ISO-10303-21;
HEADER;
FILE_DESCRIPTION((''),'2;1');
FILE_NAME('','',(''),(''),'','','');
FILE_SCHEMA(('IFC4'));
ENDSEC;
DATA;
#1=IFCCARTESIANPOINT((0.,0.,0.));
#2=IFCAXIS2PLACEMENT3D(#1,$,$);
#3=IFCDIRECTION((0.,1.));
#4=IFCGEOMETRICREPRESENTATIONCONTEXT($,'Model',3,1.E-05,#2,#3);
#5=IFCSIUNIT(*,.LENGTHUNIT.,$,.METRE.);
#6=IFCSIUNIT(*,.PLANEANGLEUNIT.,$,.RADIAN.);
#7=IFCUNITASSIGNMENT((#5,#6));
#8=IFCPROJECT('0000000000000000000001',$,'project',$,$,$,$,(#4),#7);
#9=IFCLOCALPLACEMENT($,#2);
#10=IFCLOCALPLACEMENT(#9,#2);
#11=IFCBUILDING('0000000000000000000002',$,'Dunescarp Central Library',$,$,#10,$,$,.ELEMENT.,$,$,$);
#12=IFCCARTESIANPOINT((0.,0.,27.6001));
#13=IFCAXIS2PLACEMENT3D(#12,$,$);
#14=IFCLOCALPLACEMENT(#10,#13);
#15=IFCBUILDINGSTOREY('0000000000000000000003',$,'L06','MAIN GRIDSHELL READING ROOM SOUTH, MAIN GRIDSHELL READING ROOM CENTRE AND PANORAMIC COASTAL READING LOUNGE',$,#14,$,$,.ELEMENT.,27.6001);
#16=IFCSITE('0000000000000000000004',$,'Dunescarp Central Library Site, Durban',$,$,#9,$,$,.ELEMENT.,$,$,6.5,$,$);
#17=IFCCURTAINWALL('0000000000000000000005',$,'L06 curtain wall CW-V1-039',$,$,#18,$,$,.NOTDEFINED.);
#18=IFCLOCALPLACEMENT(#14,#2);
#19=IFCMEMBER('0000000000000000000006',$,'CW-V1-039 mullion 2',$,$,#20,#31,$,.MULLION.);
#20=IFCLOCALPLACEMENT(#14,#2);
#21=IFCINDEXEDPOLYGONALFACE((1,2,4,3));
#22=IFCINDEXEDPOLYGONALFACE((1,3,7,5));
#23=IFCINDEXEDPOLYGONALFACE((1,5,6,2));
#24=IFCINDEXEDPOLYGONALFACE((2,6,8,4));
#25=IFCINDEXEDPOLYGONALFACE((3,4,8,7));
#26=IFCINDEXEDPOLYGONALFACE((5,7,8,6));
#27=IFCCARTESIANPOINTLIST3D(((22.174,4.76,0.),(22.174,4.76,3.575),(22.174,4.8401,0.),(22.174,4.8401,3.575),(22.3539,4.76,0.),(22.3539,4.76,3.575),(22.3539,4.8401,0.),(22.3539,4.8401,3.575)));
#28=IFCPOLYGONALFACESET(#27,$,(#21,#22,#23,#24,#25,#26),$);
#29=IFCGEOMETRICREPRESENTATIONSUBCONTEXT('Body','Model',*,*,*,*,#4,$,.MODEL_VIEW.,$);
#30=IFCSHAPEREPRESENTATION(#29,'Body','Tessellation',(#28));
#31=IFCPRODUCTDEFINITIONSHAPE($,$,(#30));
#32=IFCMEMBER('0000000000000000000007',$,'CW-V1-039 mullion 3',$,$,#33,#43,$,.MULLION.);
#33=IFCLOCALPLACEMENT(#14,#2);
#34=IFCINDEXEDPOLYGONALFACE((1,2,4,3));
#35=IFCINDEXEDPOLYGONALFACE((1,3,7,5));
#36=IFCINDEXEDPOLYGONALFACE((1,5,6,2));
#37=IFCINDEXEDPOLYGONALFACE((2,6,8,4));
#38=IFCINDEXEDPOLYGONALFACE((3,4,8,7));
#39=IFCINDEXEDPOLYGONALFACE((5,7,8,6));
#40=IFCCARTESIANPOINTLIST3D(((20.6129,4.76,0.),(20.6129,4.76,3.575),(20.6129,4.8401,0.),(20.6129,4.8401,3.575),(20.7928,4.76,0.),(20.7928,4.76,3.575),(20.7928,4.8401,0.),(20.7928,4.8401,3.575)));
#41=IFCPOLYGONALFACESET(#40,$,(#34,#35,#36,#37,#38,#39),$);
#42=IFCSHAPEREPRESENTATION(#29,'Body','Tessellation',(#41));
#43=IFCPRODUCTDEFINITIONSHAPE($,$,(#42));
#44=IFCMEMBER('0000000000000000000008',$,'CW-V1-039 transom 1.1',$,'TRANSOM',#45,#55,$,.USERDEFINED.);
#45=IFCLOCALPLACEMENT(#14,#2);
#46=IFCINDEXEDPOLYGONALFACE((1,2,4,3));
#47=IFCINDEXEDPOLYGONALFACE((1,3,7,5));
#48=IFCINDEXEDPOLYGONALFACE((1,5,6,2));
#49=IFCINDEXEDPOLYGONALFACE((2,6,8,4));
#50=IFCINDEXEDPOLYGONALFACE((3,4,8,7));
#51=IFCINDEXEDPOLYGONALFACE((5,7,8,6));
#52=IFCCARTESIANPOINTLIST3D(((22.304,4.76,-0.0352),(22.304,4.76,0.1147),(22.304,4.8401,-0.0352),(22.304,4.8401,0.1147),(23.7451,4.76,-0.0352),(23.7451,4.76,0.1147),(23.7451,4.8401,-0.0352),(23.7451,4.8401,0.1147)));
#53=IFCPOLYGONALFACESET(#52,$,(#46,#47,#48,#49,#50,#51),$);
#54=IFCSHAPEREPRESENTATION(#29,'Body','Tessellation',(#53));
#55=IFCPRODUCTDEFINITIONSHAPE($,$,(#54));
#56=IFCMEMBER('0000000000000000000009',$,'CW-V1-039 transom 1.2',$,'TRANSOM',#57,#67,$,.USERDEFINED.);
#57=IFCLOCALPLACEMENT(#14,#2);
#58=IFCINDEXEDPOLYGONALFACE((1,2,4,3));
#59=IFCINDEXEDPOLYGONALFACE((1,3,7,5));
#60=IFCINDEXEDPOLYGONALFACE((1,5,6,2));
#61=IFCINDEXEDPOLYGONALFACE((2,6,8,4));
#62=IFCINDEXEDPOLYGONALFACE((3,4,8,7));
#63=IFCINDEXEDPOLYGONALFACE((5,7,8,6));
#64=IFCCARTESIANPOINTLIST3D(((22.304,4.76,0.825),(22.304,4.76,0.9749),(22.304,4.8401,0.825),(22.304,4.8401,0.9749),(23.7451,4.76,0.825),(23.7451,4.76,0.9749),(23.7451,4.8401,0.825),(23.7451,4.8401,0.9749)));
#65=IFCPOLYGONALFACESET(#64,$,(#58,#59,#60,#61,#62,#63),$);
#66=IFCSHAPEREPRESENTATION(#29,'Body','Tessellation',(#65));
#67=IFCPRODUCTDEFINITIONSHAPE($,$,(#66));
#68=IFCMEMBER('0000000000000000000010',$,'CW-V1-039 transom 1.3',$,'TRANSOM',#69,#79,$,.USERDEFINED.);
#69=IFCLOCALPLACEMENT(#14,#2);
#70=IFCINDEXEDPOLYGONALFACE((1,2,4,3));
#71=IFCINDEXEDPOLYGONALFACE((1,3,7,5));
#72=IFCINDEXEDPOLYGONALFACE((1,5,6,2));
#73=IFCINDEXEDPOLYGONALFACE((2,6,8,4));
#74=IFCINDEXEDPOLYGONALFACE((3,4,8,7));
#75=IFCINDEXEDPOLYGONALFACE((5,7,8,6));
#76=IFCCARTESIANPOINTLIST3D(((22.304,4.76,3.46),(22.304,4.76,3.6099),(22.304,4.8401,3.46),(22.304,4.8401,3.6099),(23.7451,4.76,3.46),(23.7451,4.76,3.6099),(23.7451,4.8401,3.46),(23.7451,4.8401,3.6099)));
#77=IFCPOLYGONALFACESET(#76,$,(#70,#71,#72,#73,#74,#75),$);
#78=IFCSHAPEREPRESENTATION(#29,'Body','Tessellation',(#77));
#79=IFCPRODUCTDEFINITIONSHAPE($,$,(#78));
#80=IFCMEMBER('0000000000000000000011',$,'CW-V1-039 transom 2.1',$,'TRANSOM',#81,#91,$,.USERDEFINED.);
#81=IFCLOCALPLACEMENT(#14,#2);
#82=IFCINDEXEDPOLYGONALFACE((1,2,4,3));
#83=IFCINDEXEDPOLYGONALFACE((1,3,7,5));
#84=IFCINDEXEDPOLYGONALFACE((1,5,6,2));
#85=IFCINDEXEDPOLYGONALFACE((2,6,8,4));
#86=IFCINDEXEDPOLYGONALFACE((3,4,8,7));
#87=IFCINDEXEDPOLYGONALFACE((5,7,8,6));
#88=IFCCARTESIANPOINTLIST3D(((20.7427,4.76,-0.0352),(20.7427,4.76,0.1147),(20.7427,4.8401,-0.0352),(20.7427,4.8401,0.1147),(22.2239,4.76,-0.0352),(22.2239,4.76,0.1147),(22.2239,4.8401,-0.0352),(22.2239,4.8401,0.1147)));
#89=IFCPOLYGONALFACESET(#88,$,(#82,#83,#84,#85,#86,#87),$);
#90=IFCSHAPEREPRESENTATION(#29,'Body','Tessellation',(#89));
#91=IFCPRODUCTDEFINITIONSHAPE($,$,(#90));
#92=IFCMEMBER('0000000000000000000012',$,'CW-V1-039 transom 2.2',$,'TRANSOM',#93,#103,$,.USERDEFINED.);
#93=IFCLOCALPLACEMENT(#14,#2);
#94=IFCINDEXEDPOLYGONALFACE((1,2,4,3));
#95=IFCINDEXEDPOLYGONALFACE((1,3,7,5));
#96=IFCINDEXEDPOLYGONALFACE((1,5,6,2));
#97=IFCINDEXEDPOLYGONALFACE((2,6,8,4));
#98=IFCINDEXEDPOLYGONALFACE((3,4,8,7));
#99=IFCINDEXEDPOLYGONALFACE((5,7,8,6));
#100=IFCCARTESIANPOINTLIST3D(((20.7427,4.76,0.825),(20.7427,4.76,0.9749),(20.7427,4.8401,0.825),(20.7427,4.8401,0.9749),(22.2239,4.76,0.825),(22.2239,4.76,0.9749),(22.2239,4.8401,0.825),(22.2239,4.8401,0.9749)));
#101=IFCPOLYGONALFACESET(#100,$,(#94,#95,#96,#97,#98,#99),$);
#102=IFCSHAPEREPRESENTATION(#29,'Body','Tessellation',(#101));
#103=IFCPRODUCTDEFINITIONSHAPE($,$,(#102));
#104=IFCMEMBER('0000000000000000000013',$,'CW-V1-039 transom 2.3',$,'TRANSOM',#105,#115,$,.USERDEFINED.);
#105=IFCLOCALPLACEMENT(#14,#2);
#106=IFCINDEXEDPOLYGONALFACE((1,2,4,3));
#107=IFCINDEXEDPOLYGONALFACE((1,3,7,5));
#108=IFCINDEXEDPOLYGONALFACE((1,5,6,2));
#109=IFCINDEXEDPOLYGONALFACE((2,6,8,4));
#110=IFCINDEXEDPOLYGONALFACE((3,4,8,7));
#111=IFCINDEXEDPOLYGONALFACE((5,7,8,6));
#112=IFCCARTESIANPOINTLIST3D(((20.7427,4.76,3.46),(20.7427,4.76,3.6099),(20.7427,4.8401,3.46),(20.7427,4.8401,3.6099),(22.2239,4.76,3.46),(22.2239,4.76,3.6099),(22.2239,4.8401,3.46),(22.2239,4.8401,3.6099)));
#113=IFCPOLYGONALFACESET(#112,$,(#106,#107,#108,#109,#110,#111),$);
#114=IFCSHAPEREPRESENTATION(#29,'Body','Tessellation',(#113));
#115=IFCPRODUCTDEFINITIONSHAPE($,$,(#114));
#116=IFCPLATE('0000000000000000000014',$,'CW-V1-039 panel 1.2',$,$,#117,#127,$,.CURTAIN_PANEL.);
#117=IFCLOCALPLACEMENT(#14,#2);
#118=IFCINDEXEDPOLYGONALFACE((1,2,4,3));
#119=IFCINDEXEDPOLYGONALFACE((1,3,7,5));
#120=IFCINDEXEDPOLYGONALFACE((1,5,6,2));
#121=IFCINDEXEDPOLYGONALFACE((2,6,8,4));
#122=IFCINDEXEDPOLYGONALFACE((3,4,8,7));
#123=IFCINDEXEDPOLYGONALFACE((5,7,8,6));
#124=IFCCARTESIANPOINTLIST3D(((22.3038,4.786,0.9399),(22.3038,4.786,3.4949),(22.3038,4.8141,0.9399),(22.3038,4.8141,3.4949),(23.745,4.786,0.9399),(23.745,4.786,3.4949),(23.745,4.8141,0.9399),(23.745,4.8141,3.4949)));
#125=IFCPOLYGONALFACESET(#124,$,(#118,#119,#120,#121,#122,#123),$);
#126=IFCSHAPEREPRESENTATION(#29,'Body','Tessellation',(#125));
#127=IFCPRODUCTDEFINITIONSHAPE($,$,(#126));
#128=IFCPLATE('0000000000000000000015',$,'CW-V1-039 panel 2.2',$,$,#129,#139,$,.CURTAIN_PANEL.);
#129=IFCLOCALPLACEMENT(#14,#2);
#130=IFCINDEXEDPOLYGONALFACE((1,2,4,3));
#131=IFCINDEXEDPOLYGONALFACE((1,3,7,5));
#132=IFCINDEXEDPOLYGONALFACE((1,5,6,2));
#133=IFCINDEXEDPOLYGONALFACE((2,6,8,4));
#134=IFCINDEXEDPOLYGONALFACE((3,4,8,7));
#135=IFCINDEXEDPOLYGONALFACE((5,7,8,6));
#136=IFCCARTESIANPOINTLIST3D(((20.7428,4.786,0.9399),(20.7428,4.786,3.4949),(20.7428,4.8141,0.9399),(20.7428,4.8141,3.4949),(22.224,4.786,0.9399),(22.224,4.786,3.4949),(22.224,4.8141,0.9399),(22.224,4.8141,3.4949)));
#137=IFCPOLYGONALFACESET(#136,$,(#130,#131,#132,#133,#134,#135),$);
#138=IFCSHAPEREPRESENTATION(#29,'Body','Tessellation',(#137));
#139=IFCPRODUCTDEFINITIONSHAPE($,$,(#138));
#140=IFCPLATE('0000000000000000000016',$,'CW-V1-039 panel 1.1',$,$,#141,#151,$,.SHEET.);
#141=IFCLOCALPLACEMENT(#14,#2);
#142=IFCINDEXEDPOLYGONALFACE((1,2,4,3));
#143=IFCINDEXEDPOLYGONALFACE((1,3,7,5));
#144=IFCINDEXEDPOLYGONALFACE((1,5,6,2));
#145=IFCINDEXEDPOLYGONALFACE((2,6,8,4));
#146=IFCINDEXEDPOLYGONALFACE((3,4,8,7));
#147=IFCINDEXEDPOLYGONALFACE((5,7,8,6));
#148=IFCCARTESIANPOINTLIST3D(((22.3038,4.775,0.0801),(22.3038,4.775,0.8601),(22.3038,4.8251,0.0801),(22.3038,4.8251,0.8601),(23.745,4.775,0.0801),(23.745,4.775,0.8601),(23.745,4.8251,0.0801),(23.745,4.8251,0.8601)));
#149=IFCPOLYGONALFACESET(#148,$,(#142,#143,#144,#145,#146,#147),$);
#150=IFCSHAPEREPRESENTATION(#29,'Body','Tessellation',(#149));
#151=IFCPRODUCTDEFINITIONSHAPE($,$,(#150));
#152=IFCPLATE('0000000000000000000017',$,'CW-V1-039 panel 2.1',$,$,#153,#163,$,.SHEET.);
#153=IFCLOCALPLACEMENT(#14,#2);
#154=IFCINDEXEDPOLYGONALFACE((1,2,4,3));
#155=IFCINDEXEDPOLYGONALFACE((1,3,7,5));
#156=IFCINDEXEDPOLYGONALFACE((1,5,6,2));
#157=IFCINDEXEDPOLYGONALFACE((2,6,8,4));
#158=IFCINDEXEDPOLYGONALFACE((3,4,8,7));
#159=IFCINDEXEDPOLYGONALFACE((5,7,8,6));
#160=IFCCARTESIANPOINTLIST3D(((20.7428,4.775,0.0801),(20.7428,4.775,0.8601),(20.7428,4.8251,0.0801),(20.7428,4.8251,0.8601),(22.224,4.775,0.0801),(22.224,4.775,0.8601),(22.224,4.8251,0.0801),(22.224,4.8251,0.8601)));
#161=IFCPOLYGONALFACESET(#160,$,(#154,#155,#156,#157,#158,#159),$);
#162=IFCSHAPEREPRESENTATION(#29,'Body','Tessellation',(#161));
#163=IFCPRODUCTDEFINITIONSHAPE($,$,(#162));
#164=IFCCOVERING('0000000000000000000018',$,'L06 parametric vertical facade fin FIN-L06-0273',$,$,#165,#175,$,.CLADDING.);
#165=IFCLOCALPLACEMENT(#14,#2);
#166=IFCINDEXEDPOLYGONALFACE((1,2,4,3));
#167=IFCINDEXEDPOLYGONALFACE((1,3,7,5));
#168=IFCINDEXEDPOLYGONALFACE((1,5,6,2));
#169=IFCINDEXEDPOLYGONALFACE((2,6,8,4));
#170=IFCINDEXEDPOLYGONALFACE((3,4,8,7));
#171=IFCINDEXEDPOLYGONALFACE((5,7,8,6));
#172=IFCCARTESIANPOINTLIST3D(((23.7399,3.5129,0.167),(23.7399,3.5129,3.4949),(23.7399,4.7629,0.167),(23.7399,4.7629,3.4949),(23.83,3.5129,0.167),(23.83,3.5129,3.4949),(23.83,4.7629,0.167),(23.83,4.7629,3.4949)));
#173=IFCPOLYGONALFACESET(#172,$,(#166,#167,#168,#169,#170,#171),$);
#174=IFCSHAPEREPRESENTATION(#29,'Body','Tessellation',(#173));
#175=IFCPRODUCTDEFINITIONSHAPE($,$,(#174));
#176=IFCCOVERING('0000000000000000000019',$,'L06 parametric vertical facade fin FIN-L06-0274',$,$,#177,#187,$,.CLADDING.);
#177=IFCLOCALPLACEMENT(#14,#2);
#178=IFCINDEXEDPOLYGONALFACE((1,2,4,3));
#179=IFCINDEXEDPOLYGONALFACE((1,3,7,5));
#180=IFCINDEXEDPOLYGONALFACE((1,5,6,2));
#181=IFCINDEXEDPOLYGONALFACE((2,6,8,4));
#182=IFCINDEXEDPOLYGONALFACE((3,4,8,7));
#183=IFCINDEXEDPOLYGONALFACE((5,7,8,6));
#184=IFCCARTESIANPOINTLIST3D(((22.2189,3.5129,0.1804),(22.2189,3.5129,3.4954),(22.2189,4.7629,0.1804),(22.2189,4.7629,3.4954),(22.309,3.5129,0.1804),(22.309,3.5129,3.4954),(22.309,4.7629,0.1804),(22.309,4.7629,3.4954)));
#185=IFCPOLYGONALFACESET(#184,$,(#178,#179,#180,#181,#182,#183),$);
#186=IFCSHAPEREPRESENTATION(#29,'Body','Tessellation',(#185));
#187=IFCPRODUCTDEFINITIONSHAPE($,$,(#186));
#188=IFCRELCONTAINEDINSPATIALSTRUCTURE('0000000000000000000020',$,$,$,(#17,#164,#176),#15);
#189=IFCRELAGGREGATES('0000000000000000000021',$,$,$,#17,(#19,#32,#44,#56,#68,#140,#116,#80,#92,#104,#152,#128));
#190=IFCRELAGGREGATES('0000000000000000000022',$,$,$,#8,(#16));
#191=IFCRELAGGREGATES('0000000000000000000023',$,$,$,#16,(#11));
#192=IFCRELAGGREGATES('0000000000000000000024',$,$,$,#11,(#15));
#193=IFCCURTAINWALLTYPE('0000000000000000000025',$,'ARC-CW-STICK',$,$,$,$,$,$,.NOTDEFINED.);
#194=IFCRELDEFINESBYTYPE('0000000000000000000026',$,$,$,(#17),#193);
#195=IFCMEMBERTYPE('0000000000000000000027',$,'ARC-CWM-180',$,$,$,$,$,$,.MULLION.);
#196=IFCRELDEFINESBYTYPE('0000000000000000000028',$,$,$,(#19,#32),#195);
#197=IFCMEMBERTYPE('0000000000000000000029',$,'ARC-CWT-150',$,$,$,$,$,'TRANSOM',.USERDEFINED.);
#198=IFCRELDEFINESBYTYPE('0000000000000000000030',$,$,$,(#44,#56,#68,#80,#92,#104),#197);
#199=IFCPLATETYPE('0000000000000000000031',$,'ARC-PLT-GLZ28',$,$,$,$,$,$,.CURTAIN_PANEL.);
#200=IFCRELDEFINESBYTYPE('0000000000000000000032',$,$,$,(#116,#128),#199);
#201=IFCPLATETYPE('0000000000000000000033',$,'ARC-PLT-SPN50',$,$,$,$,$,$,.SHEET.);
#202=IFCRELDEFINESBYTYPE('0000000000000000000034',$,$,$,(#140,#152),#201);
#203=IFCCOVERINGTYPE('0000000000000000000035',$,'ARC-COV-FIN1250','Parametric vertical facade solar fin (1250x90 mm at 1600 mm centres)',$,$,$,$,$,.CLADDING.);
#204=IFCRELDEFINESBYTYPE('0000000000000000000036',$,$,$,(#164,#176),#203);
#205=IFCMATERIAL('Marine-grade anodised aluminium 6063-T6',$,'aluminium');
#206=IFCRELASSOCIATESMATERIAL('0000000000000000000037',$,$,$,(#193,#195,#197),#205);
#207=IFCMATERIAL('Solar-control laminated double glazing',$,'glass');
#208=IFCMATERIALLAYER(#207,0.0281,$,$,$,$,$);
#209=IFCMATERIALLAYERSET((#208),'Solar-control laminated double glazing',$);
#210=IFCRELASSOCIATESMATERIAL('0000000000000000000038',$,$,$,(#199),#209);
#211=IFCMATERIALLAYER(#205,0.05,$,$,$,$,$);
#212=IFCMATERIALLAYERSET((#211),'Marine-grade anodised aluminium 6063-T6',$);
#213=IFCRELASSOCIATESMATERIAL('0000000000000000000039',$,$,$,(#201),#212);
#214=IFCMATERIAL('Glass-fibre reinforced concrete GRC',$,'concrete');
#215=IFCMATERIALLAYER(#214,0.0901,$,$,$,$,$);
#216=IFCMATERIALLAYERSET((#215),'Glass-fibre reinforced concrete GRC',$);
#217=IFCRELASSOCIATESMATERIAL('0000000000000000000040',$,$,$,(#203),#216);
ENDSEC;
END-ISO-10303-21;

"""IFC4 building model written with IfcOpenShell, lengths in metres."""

from ifc_helpers import new_model, si_unit, direction, frame, origin, origin_2d, place, context, subcontext, project, spatial, rectangle, extrude, material, layer, layer_set, material_profile, profile_set, type_object, element, aggregate, save


model = new_model("IFC4")

# Units and contexts
model_context = context("Model", 3, precision=1e-05, world=origin(), true_north=direction((0.0, 1.0)))
body_context = subcontext(model_context, "Body", "Model", "MODEL_VIEW")
ifc_project = project(units=[si_unit("LENGTHUNIT", "METRE"), si_unit("PLANEANGLEUNIT", "RADIAN")], contexts=[model_context])

# Site, building, storey
site_placement = place(None, origin())
site = spatial("IfcSite", under=ifc_project, at=site_placement, Name="Dunescarp Central Library Site, Durban", CompositionType="ELEMENT", RefElevation=6.5)
building_placement = place(site_placement, origin())
building = spatial("IfcBuilding", under=site, at=building_placement, Name="Dunescarp Central Library", CompositionType="ELEMENT")
storey_placement = place(building_placement, frame((0.0, 0.0, 27.6001)))
storey = spatial("IfcBuildingStorey", under=building, at=storey_placement, Name="L06", Description="MAIN GRIDSHELL READING ROOM SOUTH, MAIN GRIDSHELL READING ROOM CENTRE AND PANORAMIC COASTAL READING LOUNGE", CompositionType="ELEMENT", Elevation=27.6001)

# Curtain wall, members, plates
ifc_material_1 = material(Name="Marine-grade anodised aluminium 6063-T6", Category="aluminium")
curtain_wall_type = type_object("IfcCurtainWallType", Name="ARC-CW-STICK", PredefinedType="NOTDEFINED", material=ifc_material_1)
curtain_wall_placement = place(storey_placement, origin())
curtain_wall = element("IfcCurtainWall", 1, at=curtain_wall_placement, inside=storey, type_object=curtain_wall_type, Name="L06 curtain wall CW-V1-039", PredefinedType="NOTDEFINED")
ifc_material_profile_1 = material_profile(ifc_material_1, rectangle(XDim=0.0801, YDim=0.1799, at=origin_2d()), Name="AL 80x180")
ifc_profile_set_1 = profile_set([ifc_material_profile_1], Name="Marine-grade anodised aluminium 6063-T6")
member_type_1 = type_object("IfcMemberType", Name="ARC-CWM-180", PredefinedType="MULLION", material=ifc_profile_set_1)
member_1_placement = place(storey_placement, frame((22.2639, 4.8, 0.0), z_axis=(0.0, 0.0, 1.0), x_axis=(0.0, -1.0, 0.0)))
member_1 = element("IfcMember", 2, at=member_1_placement, type_object=member_type_1, Name="CW-V1-039 mullion 2", PredefinedType="MULLION", context=body_context, shape_type="SweptSolid", body=[
    extrude(rectangle(XDim=0.0801, YDim=0.1799, at=origin_2d()), origin(), (0.0, 0.0, 1.0), 3.575),
])
member_2_placement = place(storey_placement, frame((20.7029, 4.8, 0.0), z_axis=(0.0, 0.0, 1.0), x_axis=(0.0, -1.0, 0.0)))
member_2 = element("IfcMember", 3, at=member_2_placement, type_object=member_type_1, Name="CW-V1-039 mullion 3", PredefinedType="MULLION", context=body_context, shape_type="SweptSolid", body=[
    extrude(rectangle(XDim=0.0801, YDim=0.1799, at=origin_2d()), origin(), (0.0, 0.0, 1.0), 3.575),
])
ifc_material_profile_2 = material_profile(ifc_material_1, rectangle(XDim=0.0801, YDim=0.1499, at=origin_2d()), Name="AL 80x150")
ifc_profile_set_2 = profile_set([ifc_material_profile_2], Name="Marine-grade anodised aluminium 6063-T6")
member_type_2 = type_object("IfcMemberType", Name="ARC-CWT-150", ElementType="TRANSOM", PredefinedType="USERDEFINED", material=ifc_profile_set_2)
member_3_placement = place(storey_placement, frame((23.7451, 4.8, 0.0398), z_axis=(-1.0, 0.0, 0.0), x_axis=(0.0, -1.0, 0.0)))
member_3 = element("IfcMember", 4, at=member_3_placement, type_object=member_type_2, Name="CW-V1-039 transom 1.1", ObjectType="TRANSOM", PredefinedType="USERDEFINED", context=body_context, shape_type="SweptSolid", body=[
    extrude(rectangle(XDim=0.0801, YDim=0.1499, at=origin_2d()), origin(), (0.0, 0.0, 1.0), 1.4412),
])
member_4_placement = place(storey_placement, frame((23.7451, 4.8, 0.8999), z_axis=(-1.0, 0.0, 0.0), x_axis=(0.0, -1.0, 0.0)))
member_4 = element("IfcMember", 5, at=member_4_placement, type_object=member_type_2, Name="CW-V1-039 transom 1.2", ObjectType="TRANSOM", PredefinedType="USERDEFINED", context=body_context, shape_type="SweptSolid", body=[
    extrude(rectangle(XDim=0.0801, YDim=0.1499, at=origin_2d()), origin(), (0.0, 0.0, 1.0), 1.4412),
])
member_5_placement = place(storey_placement, frame((23.7451, 4.8, 3.5349), z_axis=(-1.0, 0.0, 0.0), x_axis=(0.0, -1.0, 0.0)))
member_5 = element("IfcMember", 6, at=member_5_placement, type_object=member_type_2, Name="CW-V1-039 transom 1.3", ObjectType="TRANSOM", PredefinedType="USERDEFINED", context=body_context, shape_type="SweptSolid", body=[
    extrude(rectangle(XDim=0.0801, YDim=0.1499, at=origin_2d()), origin(), (0.0, 0.0, 1.0), 1.4412),
])
member_6_placement = place(storey_placement, frame((22.2239, 4.8, 0.0398), z_axis=(-1.0, 0.0, 0.0), x_axis=(0.0, -1.0, 0.0)))
member_6 = element("IfcMember", 7, at=member_6_placement, type_object=member_type_2, Name="CW-V1-039 transom 2.1", ObjectType="TRANSOM", PredefinedType="USERDEFINED", context=body_context, shape_type="SweptSolid", body=[
    extrude(rectangle(XDim=0.0801, YDim=0.1499, at=origin_2d()), origin(), (0.0, 0.0, 1.0), 1.4812),
])
member_7_placement = place(storey_placement, frame((22.2239, 4.8, 0.8999), z_axis=(-1.0, 0.0, 0.0), x_axis=(0.0, -1.0, 0.0)))
member_7 = element("IfcMember", 8, at=member_7_placement, type_object=member_type_2, Name="CW-V1-039 transom 2.2", ObjectType="TRANSOM", PredefinedType="USERDEFINED", context=body_context, shape_type="SweptSolid", body=[
    extrude(rectangle(XDim=0.0801, YDim=0.1499, at=origin_2d()), origin(), (0.0, 0.0, 1.0), 1.4812),
])
member_8_placement = place(storey_placement, frame((22.2239, 4.8, 3.5349), z_axis=(-1.0, 0.0, 0.0), x_axis=(0.0, -1.0, 0.0)))
member_8 = element("IfcMember", 9, at=member_8_placement, type_object=member_type_2, Name="CW-V1-039 transom 2.3", ObjectType="TRANSOM", PredefinedType="USERDEFINED", context=body_context, shape_type="SweptSolid", body=[
    extrude(rectangle(XDim=0.0801, YDim=0.1499, at=origin_2d()), origin(), (0.0, 0.0, 1.0), 1.4812),
])
ifc_material_2 = material(Name="Solar-control laminated double glazing", Category="glass")
ifc_layer_1 = layer(ifc_material_2, 0.0281)
ifc_layer_set_1 = layer_set([ifc_layer_1], Name="Solar-control laminated double glazing")
plate_type_1 = type_object("IfcPlateType", Name="ARC-PLT-GLZ28", PredefinedType="CURTAIN_PANEL", material=ifc_layer_set_1)
plate_1_placement = place(storey_placement, frame((23.0244, 4.8, 0.9399), z_axis=(0.0, 0.0, 1.0), x_axis=(-1.0, 0.0, 0.0)))
plate_1 = element("IfcPlate", 10, at=plate_1_placement, type_object=plate_type_1, Name="CW-V1-039 panel 1.2", PredefinedType="CURTAIN_PANEL", context=body_context, shape_type="SweptSolid", body=[
    extrude(rectangle(XDim=1.4412, YDim=0.0281, at=origin_2d()), origin(), (0.0, 0.0, 1.0), 2.5549),
])
plate_2_placement = place(storey_placement, frame((21.4834, 4.8, 0.9399), z_axis=(0.0, 0.0, 1.0), x_axis=(-1.0, 0.0, 0.0)))
plate_2 = element("IfcPlate", 11, at=plate_2_placement, type_object=plate_type_1, Name="CW-V1-039 panel 2.2", PredefinedType="CURTAIN_PANEL", context=body_context, shape_type="SweptSolid", body=[
    extrude(rectangle(XDim=1.4812, YDim=0.0281, at=origin_2d()), origin(), (0.0, 0.0, 1.0), 2.5549),
])
ifc_layer_2 = layer(ifc_material_1, 0.05)
ifc_layer_set_2 = layer_set([ifc_layer_2], Name="Marine-grade anodised aluminium 6063-T6")
plate_type_2 = type_object("IfcPlateType", Name="ARC-PLT-SPN50", PredefinedType="SHEET", material=ifc_layer_set_2)
plate_3_placement = place(storey_placement, frame((23.0244, 4.8, 0.0801), z_axis=(0.0, 0.0, 1.0), x_axis=(-1.0, 0.0, 0.0)))
plate_3 = element("IfcPlate", 12, at=plate_3_placement, type_object=plate_type_2, Name="CW-V1-039 panel 1.1", PredefinedType="SHEET", context=body_context, shape_type="SweptSolid", body=[
    extrude(rectangle(XDim=1.4412, YDim=0.05, at=origin_2d()), origin(), (0.0, 0.0, 1.0), 0.78),
])
plate_4_placement = place(storey_placement, frame((21.4834, 4.8, 0.0801), z_axis=(0.0, 0.0, 1.0), x_axis=(-1.0, 0.0, 0.0)))
plate_4 = element("IfcPlate", 13, at=plate_4_placement, type_object=plate_type_2, Name="CW-V1-039 panel 2.1", PredefinedType="SHEET", context=body_context, shape_type="SweptSolid", body=[
    extrude(rectangle(XDim=1.4812, YDim=0.05, at=origin_2d()), origin(), (0.0, 0.0, 1.0), 0.78),
])
aggregate(curtain_wall, [member_1, member_2, member_3, member_4, member_5, plate_3, plate_1, member_6, member_7, member_8, plate_4, plate_2])

# Coverings
ifc_material_3 = material(Name="Glass-fibre reinforced concrete GRC", Category="concrete")
ifc_layer_3 = layer(ifc_material_3, 0.0901)
ifc_layer_set_3 = layer_set([ifc_layer_3], Name="Glass-fibre reinforced concrete GRC")
covering_type = type_object("IfcCoveringType", Name="ARC-COV-FIN1250", Description="Parametric vertical facade solar fin (1250x90 mm at 1600 mm centres)", PredefinedType="CLADDING", material=ifc_layer_set_3)
covering_1_placement = place(storey_placement, frame((23.7849, 4.1379, 0.167), z_axis=(0.0, 0.0, 1.0), x_axis=(0.0, -1.0, 0.0)))
element("IfcCovering", 14, at=covering_1_placement, inside=storey, type_object=covering_type, Name="L06 parametric vertical facade fin FIN-L06-0273", PredefinedType="CLADDING", context=body_context, shape_type="SweptSolid", body=[
    extrude(rectangle(XDim=1.25, YDim=0.0901, at=origin_2d()), origin(), (0.0, 0.0, 1.0), 3.3279),
])
covering_2_placement = place(storey_placement, frame((22.2639, 4.1379, 0.1804), z_axis=(0.0, 0.0, 1.0), x_axis=(0.0, -1.0, 0.0)))
element("IfcCovering", 15, at=covering_2_placement, inside=storey, type_object=covering_type, Name="L06 parametric vertical facade fin FIN-L06-0274", PredefinedType="CLADDING", context=body_context, shape_type="SweptSolid", body=[
    extrude(rectangle(XDim=1.25, YDim=0.0901, at=origin_2d()), origin(), (0.0, 0.0, 1.0), 3.3149),
])

save(model, "model.ifc")
